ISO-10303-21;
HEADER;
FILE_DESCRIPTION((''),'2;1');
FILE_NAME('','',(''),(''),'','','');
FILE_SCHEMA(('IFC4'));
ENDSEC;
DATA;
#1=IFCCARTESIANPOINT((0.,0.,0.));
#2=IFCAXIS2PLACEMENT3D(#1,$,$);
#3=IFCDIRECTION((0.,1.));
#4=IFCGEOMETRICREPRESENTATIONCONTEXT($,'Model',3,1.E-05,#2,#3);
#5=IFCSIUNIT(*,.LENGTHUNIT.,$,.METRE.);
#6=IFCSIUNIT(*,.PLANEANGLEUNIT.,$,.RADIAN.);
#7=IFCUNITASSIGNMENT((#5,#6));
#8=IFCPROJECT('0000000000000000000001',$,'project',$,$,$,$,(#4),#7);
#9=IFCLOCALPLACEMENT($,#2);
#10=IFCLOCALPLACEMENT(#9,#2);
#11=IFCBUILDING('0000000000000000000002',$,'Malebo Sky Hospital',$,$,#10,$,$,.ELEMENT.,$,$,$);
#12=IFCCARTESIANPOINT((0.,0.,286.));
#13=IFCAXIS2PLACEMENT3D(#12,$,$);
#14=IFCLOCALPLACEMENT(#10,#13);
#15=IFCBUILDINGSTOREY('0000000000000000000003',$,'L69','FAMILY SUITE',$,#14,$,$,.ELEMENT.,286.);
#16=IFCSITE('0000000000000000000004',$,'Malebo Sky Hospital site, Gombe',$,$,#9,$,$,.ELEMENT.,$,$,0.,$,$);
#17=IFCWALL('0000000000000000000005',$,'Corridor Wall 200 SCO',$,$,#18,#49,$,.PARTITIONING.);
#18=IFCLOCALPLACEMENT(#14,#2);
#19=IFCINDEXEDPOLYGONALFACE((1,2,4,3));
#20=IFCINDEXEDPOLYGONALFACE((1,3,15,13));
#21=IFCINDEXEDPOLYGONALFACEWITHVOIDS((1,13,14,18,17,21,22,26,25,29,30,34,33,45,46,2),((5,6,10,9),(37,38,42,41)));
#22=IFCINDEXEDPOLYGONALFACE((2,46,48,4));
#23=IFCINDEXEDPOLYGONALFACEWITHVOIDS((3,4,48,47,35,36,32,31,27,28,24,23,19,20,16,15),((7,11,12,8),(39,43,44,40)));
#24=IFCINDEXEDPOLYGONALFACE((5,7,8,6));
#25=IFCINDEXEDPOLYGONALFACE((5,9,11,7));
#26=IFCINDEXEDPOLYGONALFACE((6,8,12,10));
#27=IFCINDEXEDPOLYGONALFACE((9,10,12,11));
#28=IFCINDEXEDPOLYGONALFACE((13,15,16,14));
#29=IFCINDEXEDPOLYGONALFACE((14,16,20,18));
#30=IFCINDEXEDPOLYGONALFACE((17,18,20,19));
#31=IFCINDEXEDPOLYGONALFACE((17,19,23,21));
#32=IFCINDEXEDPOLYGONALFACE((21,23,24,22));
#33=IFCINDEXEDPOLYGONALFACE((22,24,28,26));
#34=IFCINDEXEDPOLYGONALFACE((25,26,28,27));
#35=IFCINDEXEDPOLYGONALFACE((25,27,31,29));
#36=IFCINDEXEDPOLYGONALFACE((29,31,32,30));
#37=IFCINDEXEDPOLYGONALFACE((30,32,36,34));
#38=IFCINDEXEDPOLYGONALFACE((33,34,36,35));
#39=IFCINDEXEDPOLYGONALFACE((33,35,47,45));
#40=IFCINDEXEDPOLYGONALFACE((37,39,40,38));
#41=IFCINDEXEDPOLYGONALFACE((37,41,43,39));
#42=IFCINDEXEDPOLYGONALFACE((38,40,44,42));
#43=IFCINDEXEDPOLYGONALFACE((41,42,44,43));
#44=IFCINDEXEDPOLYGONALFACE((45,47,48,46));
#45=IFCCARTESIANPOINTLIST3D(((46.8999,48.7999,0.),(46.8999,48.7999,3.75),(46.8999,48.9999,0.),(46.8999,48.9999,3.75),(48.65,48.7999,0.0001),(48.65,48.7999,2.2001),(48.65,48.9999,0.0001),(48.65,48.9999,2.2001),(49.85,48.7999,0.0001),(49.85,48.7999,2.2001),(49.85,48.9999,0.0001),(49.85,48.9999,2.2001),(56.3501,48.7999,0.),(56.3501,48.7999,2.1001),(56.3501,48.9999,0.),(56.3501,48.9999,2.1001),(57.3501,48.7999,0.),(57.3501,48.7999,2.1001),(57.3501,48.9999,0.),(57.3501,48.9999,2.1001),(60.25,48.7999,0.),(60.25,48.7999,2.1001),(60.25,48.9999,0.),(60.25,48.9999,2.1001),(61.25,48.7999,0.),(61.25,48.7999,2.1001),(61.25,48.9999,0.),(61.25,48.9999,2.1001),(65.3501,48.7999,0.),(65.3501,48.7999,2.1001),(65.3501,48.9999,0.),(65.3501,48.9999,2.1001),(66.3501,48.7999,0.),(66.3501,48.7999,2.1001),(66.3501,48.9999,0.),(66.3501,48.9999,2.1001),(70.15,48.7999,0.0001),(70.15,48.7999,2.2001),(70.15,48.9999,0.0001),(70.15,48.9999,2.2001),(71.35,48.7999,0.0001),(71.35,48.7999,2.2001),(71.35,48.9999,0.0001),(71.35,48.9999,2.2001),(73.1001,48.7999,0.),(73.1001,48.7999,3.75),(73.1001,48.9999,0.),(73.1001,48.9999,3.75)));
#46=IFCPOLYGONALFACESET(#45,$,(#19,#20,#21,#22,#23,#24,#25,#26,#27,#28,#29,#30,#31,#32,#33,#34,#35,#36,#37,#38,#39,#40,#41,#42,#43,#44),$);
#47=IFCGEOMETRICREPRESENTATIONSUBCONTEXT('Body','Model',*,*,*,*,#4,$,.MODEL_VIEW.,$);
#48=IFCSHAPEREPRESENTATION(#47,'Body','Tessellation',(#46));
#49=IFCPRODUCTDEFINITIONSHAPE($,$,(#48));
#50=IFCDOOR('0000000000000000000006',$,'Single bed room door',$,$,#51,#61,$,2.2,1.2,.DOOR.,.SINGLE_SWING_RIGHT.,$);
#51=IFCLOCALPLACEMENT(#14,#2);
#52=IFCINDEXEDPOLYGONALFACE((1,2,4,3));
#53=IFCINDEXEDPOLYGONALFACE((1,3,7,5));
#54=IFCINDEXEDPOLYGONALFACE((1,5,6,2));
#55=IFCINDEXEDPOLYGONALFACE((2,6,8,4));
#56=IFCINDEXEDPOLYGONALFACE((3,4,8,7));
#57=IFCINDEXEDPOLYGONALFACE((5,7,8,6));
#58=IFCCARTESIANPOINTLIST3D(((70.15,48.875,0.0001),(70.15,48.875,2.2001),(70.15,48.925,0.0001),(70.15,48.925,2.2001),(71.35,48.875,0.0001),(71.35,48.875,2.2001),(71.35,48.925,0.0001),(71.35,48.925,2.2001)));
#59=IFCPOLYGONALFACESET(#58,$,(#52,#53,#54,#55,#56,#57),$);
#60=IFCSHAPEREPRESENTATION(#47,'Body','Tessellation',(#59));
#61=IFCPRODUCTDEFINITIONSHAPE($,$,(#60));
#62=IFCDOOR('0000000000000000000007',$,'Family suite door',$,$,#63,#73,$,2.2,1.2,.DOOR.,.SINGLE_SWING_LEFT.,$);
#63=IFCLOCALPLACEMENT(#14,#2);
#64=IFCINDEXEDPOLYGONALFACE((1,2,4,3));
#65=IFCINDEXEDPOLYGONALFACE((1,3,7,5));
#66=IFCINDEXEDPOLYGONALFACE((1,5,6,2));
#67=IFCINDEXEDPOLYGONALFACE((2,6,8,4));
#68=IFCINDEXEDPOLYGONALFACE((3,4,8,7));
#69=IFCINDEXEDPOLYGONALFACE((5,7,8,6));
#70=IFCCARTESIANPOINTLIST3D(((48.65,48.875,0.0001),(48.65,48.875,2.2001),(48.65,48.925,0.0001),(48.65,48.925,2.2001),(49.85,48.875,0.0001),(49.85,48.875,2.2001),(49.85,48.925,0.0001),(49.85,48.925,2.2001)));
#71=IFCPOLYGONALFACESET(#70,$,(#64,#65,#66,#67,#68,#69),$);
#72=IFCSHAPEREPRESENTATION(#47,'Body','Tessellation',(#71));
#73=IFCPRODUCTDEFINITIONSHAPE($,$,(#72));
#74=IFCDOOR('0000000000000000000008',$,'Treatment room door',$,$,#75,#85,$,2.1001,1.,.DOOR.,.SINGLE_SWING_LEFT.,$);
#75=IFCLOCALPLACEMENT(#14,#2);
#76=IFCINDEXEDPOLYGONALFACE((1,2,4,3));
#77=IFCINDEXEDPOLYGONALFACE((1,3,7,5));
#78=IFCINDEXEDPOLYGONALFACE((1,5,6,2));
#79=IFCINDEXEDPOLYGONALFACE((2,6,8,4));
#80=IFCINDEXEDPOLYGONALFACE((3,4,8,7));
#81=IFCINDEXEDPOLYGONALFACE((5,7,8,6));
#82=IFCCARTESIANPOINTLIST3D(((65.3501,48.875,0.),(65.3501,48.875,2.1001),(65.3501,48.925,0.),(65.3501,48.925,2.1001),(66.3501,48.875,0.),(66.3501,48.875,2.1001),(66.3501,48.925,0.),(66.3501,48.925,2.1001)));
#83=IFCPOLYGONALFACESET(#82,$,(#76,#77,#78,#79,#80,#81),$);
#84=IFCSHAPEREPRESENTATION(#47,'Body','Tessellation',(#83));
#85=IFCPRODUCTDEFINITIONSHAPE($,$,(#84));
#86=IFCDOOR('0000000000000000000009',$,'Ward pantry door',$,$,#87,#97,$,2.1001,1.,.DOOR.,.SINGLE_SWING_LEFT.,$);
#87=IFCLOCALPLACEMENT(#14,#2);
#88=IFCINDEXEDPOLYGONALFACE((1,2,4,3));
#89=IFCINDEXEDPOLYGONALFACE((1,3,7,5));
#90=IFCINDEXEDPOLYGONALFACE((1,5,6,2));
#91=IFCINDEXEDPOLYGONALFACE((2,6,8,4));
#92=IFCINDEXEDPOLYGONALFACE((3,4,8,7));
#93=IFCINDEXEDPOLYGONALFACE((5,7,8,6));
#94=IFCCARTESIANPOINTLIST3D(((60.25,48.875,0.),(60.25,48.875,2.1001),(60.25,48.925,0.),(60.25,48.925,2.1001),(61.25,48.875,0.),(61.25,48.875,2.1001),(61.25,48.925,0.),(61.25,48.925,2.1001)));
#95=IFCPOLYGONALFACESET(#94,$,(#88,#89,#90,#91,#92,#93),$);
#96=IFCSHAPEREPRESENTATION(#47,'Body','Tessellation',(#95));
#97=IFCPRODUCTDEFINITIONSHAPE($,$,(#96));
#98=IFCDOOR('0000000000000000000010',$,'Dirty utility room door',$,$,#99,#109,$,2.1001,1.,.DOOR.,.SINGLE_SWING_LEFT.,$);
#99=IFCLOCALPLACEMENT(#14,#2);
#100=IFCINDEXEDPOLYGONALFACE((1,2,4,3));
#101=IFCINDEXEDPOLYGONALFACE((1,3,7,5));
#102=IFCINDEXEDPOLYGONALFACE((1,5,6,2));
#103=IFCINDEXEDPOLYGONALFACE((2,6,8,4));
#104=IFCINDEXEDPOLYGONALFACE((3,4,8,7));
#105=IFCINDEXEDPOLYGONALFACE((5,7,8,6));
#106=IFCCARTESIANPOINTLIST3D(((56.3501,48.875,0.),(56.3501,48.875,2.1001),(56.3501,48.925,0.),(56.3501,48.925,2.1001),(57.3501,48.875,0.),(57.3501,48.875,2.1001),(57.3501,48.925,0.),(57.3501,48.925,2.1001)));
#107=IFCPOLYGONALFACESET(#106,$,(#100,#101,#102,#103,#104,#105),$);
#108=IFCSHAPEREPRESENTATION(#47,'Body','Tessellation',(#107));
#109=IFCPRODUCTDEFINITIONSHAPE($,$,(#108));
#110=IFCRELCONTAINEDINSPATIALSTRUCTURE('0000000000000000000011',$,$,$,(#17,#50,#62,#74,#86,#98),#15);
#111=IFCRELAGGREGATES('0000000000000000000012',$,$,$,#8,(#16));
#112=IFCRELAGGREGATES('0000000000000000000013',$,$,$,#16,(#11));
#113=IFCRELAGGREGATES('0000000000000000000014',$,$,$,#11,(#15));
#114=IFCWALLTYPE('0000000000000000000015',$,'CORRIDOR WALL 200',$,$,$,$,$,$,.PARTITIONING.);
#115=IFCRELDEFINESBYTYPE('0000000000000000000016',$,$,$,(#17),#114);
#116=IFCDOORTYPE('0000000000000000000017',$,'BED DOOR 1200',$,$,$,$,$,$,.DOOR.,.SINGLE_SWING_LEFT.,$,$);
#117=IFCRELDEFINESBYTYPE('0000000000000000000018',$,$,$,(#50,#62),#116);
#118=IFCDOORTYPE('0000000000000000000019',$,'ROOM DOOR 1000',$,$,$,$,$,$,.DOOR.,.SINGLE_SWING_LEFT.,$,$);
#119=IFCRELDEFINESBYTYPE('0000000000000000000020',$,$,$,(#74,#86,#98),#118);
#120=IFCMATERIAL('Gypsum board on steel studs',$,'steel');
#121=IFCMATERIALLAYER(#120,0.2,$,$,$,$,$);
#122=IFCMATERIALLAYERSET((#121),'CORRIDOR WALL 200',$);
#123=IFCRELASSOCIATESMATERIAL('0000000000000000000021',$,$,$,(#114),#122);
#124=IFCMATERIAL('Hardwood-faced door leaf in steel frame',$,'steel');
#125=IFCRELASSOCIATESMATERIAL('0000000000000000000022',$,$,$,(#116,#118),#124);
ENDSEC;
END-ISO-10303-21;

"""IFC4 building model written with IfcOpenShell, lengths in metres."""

from ifc_helpers import new_model, si_unit, direction, frame, frame_2d, origin, place, context, subcontext, project, spatial, rectangle, extrude, material, layer, layer_set, type_object, element, fill, save


model = new_model("IFC4")

# Units and contexts
model_context = context("Model", 3, precision=1e-05, world=origin(), true_north=direction((0.0, 1.0)))
body_context = subcontext(model_context, "Body", "Model", "MODEL_VIEW")
ifc_project = project(units=[si_unit("LENGTHUNIT", "METRE"), si_unit("PLANEANGLEUNIT", "RADIAN")], contexts=[model_context])

# Site, building, storey
site_placement = place(None, origin())
site = spatial("IfcSite", under=ifc_project, at=site_placement, Name="Malebo Sky Hospital site, Gombe", CompositionType="ELEMENT", RefElevation=0.0)
building_placement = place(site_placement, origin())
building = spatial("IfcBuilding", under=site, at=building_placement, Name="Malebo Sky Hospital", CompositionType="ELEMENT")
storey_placement = place(building_placement, frame((0.0, 0.0, 286.0)))
storey = spatial("IfcBuildingStorey", under=building, at=storey_placement, Name="L69", Description="FAMILY SUITE", CompositionType="ELEMENT", Elevation=286.0)

# Wall, openings, doors
ifc_material_1 = material(Name="Gypsum board on steel studs", Category="steel")
ifc_layer_1 = layer(ifc_material_1, 0.2)
ifc_layer_set_1 = layer_set([ifc_layer_1], Name="CORRIDOR WALL 200")
wall_type_1 = type_object("IfcWallType", Name="CORRIDOR WALL 200", PredefinedType="PARTITIONING", material=ifc_layer_set_1)
wall_1_placement = place(storey_placement, frame((73.1001, 48.8999, 0.0), z_axis=(0.0, 0.0, 1.0), x_axis=(-1.0, 0.0, 0.0)))
wall_1 = element("IfcWall", 1, at=wall_1_placement, inside=storey, type_object=wall_type_1, Name="Corridor Wall 200 SCO", PredefinedType="PARTITIONING", context=body_context, shape_type="SweptSolid", body=[
    extrude(rectangle(XDim=26.2002, YDim=0.2, at=frame_2d((13.1001, 0.0))), origin(), (0.0, 0.0, 1.0), 3.75),
])
opening_1_placement = place(wall_1_placement, frame((1.75, 0.0, 0.0)))
opening_1 = element("IfcOpeningElement", 2, at=opening_1_placement, cuts=wall_1, PredefinedType="OPENING", context=body_context, shape_type="SweptSolid", body=[
    extrude(rectangle(XDim=1.2, YDim=2.2, at=frame_2d((0.6001, 1.1001))), frame((0.0, 0.1099, 0.0), z_axis=(0.0, -1.0, 0.0), x_axis=(1.0, 0.0, 0.0)), (0.0, 0.0, 1.0), 0.22),
])
opening_2_placement = place(wall_1_placement, frame((6.75, 0.0, 0.0)))
opening_2 = element("IfcOpeningElement", 3, at=opening_2_placement, cuts=wall_1, PredefinedType="OPENING", context=body_context, shape_type="SweptSolid", body=[
    extrude(rectangle(XDim=1.0, YDim=2.1001, at=frame_2d((0.5, 1.05))), frame((0.0, 0.1099, 0.0), z_axis=(0.0, -1.0, 0.0), x_axis=(1.0, 0.0, 0.0)), (0.0, 0.0, 1.0), 0.22),
])
opening_3_placement = place(wall_1_placement, frame((11.8501, 0.0, 0.0)))
opening_3 = element("IfcOpeningElement", 4, at=opening_3_placement, cuts=wall_1, PredefinedType="OPENING", context=body_context, shape_type="SweptSolid", body=[
    extrude(rectangle(XDim=1.0, YDim=2.1001, at=frame_2d((0.5, 1.05))), frame((0.0, 0.1099, 0.0), z_axis=(0.0, -1.0, 0.0), x_axis=(1.0, 0.0, 0.0)), (0.0, 0.0, 1.0), 0.22),
])
opening_4_placement = place(wall_1_placement, frame((15.75, 0.0, 0.0)))
opening_4 = element("IfcOpeningElement", 5, at=opening_4_placement, cuts=wall_1, PredefinedType="OPENING", context=body_context, shape_type="SweptSolid", body=[
    extrude(rectangle(XDim=1.0, YDim=2.1001, at=frame_2d((0.5, 1.05))), frame((0.0, 0.1099, 0.0), z_axis=(0.0, -1.0, 0.0), x_axis=(1.0, 0.0, 0.0)), (0.0, 0.0, 1.0), 0.22),
])
opening_5_placement = place(wall_1_placement, frame((23.25, 0.0, 0.0)))
opening_5 = element("IfcOpeningElement", 6, at=opening_5_placement, cuts=wall_1, PredefinedType="OPENING", context=body_context, shape_type="SweptSolid", body=[
    extrude(rectangle(XDim=1.2, YDim=2.2, at=frame_2d((0.6001, 1.1001))), frame((0.0, 0.1099, 0.0), z_axis=(0.0, -1.0, 0.0), x_axis=(1.0, 0.0, 0.0)), (0.0, 0.0, 1.0), 0.22),
])
ifc_material_2 = material(Name="Hardwood-faced door leaf in steel frame", Category="steel")
door_type_1 = type_object("IfcDoorType", Name="BED DOOR 1200", OperationType="SINGLE_SWING_LEFT", PredefinedType="DOOR", material=ifc_material_2)
door_1_placement = place(opening_1_placement, origin())
door_1 = element("IfcDoor", 7, at=door_1_placement, inside=storey, type_object=door_type_1, Name="Single bed room door", OperationType="SINGLE_SWING_RIGHT", OverallHeight=2.2, OverallWidth=1.2, PredefinedType="DOOR", context=body_context, shape_type="SweptSolid", body=[
    extrude(rectangle(XDim=1.2, YDim=2.2, at=frame_2d((0.6001, 1.1001))), frame((0.0, 0.0249, 0.0), z_axis=(0.0, -1.0, 0.0), x_axis=(1.0, 0.0, 0.0)), (0.0, 0.0, 1.0), 0.05),
])
fill(opening_1, door_1)
door_2_placement = place(opening_5_placement, origin())
door_2 = element("IfcDoor", 8, at=door_2_placement, inside=storey, type_object=door_type_1, Name="Family suite door", OperationType="SINGLE_SWING_LEFT", OverallHeight=2.2, OverallWidth=1.2, PredefinedType="DOOR", context=body_context, shape_type="SweptSolid", body=[
    extrude(rectangle(XDim=1.2, YDim=2.2, at=frame_2d((0.6001, 1.1001))), frame((0.0, 0.0249, 0.0), z_axis=(0.0, -1.0, 0.0), x_axis=(1.0, 0.0, 0.0)), (0.0, 0.0, 1.0), 0.05),
])
fill(opening_5, door_2)
door_type_2 = type_object("IfcDoorType", Name="ROOM DOOR 1000", OperationType="SINGLE_SWING_LEFT", PredefinedType="DOOR", material=ifc_material_2)
door_3_placement = place(opening_2_placement, origin())
door_3 = element("IfcDoor", 9, at=door_3_placement, inside=storey, type_object=door_type_2, Name="Treatment room door", OperationType="SINGLE_SWING_LEFT", OverallHeight=2.1001, OverallWidth=1.0, PredefinedType="DOOR", context=body_context, shape_type="SweptSolid", body=[
    extrude(rectangle(XDim=1.0, YDim=2.1001, at=frame_2d((0.5, 1.05))), frame((0.0, 0.0249, 0.0), z_axis=(0.0, -1.0, 0.0), x_axis=(1.0, 0.0, 0.0)), (0.0, 0.0, 1.0), 0.05),
])
fill(opening_2, door_3)
door_4_placement = place(opening_3_placement, origin())
door_4 = element("IfcDoor", 10, at=door_4_placement, inside=storey, type_object=door_type_2, Name="Ward pantry door", OperationType="SINGLE_SWING_LEFT", OverallHeight=2.1001, OverallWidth=1.0, PredefinedType="DOOR", context=body_context, shape_type="SweptSolid", body=[
    extrude(rectangle(XDim=1.0, YDim=2.1001, at=frame_2d((0.5, 1.05))), frame((0.0, 0.0249, 0.0), z_axis=(0.0, -1.0, 0.0), x_axis=(1.0, 0.0, 0.0)), (0.0, 0.0, 1.0), 0.05),
])
fill(opening_3, door_4)
door_5_placement = place(opening_4_placement, origin())
door_5 = element("IfcDoor", 11, at=door_5_placement, inside=storey, type_object=door_type_2, Name="Dirty utility room door", OperationType="SINGLE_SWING_LEFT", OverallHeight=2.1001, OverallWidth=1.0, PredefinedType="DOOR", context=body_context, shape_type="SweptSolid", body=[
    extrude(rectangle(XDim=1.0, YDim=2.1001, at=frame_2d((0.5, 1.05))), frame((0.0, 0.0249, 0.0), z_axis=(0.0, -1.0, 0.0), x_axis=(1.0, 0.0, 0.0)), (0.0, 0.0, 1.0), 0.05),
])
fill(opening_4, door_5)

save(model, "model.ifc")
